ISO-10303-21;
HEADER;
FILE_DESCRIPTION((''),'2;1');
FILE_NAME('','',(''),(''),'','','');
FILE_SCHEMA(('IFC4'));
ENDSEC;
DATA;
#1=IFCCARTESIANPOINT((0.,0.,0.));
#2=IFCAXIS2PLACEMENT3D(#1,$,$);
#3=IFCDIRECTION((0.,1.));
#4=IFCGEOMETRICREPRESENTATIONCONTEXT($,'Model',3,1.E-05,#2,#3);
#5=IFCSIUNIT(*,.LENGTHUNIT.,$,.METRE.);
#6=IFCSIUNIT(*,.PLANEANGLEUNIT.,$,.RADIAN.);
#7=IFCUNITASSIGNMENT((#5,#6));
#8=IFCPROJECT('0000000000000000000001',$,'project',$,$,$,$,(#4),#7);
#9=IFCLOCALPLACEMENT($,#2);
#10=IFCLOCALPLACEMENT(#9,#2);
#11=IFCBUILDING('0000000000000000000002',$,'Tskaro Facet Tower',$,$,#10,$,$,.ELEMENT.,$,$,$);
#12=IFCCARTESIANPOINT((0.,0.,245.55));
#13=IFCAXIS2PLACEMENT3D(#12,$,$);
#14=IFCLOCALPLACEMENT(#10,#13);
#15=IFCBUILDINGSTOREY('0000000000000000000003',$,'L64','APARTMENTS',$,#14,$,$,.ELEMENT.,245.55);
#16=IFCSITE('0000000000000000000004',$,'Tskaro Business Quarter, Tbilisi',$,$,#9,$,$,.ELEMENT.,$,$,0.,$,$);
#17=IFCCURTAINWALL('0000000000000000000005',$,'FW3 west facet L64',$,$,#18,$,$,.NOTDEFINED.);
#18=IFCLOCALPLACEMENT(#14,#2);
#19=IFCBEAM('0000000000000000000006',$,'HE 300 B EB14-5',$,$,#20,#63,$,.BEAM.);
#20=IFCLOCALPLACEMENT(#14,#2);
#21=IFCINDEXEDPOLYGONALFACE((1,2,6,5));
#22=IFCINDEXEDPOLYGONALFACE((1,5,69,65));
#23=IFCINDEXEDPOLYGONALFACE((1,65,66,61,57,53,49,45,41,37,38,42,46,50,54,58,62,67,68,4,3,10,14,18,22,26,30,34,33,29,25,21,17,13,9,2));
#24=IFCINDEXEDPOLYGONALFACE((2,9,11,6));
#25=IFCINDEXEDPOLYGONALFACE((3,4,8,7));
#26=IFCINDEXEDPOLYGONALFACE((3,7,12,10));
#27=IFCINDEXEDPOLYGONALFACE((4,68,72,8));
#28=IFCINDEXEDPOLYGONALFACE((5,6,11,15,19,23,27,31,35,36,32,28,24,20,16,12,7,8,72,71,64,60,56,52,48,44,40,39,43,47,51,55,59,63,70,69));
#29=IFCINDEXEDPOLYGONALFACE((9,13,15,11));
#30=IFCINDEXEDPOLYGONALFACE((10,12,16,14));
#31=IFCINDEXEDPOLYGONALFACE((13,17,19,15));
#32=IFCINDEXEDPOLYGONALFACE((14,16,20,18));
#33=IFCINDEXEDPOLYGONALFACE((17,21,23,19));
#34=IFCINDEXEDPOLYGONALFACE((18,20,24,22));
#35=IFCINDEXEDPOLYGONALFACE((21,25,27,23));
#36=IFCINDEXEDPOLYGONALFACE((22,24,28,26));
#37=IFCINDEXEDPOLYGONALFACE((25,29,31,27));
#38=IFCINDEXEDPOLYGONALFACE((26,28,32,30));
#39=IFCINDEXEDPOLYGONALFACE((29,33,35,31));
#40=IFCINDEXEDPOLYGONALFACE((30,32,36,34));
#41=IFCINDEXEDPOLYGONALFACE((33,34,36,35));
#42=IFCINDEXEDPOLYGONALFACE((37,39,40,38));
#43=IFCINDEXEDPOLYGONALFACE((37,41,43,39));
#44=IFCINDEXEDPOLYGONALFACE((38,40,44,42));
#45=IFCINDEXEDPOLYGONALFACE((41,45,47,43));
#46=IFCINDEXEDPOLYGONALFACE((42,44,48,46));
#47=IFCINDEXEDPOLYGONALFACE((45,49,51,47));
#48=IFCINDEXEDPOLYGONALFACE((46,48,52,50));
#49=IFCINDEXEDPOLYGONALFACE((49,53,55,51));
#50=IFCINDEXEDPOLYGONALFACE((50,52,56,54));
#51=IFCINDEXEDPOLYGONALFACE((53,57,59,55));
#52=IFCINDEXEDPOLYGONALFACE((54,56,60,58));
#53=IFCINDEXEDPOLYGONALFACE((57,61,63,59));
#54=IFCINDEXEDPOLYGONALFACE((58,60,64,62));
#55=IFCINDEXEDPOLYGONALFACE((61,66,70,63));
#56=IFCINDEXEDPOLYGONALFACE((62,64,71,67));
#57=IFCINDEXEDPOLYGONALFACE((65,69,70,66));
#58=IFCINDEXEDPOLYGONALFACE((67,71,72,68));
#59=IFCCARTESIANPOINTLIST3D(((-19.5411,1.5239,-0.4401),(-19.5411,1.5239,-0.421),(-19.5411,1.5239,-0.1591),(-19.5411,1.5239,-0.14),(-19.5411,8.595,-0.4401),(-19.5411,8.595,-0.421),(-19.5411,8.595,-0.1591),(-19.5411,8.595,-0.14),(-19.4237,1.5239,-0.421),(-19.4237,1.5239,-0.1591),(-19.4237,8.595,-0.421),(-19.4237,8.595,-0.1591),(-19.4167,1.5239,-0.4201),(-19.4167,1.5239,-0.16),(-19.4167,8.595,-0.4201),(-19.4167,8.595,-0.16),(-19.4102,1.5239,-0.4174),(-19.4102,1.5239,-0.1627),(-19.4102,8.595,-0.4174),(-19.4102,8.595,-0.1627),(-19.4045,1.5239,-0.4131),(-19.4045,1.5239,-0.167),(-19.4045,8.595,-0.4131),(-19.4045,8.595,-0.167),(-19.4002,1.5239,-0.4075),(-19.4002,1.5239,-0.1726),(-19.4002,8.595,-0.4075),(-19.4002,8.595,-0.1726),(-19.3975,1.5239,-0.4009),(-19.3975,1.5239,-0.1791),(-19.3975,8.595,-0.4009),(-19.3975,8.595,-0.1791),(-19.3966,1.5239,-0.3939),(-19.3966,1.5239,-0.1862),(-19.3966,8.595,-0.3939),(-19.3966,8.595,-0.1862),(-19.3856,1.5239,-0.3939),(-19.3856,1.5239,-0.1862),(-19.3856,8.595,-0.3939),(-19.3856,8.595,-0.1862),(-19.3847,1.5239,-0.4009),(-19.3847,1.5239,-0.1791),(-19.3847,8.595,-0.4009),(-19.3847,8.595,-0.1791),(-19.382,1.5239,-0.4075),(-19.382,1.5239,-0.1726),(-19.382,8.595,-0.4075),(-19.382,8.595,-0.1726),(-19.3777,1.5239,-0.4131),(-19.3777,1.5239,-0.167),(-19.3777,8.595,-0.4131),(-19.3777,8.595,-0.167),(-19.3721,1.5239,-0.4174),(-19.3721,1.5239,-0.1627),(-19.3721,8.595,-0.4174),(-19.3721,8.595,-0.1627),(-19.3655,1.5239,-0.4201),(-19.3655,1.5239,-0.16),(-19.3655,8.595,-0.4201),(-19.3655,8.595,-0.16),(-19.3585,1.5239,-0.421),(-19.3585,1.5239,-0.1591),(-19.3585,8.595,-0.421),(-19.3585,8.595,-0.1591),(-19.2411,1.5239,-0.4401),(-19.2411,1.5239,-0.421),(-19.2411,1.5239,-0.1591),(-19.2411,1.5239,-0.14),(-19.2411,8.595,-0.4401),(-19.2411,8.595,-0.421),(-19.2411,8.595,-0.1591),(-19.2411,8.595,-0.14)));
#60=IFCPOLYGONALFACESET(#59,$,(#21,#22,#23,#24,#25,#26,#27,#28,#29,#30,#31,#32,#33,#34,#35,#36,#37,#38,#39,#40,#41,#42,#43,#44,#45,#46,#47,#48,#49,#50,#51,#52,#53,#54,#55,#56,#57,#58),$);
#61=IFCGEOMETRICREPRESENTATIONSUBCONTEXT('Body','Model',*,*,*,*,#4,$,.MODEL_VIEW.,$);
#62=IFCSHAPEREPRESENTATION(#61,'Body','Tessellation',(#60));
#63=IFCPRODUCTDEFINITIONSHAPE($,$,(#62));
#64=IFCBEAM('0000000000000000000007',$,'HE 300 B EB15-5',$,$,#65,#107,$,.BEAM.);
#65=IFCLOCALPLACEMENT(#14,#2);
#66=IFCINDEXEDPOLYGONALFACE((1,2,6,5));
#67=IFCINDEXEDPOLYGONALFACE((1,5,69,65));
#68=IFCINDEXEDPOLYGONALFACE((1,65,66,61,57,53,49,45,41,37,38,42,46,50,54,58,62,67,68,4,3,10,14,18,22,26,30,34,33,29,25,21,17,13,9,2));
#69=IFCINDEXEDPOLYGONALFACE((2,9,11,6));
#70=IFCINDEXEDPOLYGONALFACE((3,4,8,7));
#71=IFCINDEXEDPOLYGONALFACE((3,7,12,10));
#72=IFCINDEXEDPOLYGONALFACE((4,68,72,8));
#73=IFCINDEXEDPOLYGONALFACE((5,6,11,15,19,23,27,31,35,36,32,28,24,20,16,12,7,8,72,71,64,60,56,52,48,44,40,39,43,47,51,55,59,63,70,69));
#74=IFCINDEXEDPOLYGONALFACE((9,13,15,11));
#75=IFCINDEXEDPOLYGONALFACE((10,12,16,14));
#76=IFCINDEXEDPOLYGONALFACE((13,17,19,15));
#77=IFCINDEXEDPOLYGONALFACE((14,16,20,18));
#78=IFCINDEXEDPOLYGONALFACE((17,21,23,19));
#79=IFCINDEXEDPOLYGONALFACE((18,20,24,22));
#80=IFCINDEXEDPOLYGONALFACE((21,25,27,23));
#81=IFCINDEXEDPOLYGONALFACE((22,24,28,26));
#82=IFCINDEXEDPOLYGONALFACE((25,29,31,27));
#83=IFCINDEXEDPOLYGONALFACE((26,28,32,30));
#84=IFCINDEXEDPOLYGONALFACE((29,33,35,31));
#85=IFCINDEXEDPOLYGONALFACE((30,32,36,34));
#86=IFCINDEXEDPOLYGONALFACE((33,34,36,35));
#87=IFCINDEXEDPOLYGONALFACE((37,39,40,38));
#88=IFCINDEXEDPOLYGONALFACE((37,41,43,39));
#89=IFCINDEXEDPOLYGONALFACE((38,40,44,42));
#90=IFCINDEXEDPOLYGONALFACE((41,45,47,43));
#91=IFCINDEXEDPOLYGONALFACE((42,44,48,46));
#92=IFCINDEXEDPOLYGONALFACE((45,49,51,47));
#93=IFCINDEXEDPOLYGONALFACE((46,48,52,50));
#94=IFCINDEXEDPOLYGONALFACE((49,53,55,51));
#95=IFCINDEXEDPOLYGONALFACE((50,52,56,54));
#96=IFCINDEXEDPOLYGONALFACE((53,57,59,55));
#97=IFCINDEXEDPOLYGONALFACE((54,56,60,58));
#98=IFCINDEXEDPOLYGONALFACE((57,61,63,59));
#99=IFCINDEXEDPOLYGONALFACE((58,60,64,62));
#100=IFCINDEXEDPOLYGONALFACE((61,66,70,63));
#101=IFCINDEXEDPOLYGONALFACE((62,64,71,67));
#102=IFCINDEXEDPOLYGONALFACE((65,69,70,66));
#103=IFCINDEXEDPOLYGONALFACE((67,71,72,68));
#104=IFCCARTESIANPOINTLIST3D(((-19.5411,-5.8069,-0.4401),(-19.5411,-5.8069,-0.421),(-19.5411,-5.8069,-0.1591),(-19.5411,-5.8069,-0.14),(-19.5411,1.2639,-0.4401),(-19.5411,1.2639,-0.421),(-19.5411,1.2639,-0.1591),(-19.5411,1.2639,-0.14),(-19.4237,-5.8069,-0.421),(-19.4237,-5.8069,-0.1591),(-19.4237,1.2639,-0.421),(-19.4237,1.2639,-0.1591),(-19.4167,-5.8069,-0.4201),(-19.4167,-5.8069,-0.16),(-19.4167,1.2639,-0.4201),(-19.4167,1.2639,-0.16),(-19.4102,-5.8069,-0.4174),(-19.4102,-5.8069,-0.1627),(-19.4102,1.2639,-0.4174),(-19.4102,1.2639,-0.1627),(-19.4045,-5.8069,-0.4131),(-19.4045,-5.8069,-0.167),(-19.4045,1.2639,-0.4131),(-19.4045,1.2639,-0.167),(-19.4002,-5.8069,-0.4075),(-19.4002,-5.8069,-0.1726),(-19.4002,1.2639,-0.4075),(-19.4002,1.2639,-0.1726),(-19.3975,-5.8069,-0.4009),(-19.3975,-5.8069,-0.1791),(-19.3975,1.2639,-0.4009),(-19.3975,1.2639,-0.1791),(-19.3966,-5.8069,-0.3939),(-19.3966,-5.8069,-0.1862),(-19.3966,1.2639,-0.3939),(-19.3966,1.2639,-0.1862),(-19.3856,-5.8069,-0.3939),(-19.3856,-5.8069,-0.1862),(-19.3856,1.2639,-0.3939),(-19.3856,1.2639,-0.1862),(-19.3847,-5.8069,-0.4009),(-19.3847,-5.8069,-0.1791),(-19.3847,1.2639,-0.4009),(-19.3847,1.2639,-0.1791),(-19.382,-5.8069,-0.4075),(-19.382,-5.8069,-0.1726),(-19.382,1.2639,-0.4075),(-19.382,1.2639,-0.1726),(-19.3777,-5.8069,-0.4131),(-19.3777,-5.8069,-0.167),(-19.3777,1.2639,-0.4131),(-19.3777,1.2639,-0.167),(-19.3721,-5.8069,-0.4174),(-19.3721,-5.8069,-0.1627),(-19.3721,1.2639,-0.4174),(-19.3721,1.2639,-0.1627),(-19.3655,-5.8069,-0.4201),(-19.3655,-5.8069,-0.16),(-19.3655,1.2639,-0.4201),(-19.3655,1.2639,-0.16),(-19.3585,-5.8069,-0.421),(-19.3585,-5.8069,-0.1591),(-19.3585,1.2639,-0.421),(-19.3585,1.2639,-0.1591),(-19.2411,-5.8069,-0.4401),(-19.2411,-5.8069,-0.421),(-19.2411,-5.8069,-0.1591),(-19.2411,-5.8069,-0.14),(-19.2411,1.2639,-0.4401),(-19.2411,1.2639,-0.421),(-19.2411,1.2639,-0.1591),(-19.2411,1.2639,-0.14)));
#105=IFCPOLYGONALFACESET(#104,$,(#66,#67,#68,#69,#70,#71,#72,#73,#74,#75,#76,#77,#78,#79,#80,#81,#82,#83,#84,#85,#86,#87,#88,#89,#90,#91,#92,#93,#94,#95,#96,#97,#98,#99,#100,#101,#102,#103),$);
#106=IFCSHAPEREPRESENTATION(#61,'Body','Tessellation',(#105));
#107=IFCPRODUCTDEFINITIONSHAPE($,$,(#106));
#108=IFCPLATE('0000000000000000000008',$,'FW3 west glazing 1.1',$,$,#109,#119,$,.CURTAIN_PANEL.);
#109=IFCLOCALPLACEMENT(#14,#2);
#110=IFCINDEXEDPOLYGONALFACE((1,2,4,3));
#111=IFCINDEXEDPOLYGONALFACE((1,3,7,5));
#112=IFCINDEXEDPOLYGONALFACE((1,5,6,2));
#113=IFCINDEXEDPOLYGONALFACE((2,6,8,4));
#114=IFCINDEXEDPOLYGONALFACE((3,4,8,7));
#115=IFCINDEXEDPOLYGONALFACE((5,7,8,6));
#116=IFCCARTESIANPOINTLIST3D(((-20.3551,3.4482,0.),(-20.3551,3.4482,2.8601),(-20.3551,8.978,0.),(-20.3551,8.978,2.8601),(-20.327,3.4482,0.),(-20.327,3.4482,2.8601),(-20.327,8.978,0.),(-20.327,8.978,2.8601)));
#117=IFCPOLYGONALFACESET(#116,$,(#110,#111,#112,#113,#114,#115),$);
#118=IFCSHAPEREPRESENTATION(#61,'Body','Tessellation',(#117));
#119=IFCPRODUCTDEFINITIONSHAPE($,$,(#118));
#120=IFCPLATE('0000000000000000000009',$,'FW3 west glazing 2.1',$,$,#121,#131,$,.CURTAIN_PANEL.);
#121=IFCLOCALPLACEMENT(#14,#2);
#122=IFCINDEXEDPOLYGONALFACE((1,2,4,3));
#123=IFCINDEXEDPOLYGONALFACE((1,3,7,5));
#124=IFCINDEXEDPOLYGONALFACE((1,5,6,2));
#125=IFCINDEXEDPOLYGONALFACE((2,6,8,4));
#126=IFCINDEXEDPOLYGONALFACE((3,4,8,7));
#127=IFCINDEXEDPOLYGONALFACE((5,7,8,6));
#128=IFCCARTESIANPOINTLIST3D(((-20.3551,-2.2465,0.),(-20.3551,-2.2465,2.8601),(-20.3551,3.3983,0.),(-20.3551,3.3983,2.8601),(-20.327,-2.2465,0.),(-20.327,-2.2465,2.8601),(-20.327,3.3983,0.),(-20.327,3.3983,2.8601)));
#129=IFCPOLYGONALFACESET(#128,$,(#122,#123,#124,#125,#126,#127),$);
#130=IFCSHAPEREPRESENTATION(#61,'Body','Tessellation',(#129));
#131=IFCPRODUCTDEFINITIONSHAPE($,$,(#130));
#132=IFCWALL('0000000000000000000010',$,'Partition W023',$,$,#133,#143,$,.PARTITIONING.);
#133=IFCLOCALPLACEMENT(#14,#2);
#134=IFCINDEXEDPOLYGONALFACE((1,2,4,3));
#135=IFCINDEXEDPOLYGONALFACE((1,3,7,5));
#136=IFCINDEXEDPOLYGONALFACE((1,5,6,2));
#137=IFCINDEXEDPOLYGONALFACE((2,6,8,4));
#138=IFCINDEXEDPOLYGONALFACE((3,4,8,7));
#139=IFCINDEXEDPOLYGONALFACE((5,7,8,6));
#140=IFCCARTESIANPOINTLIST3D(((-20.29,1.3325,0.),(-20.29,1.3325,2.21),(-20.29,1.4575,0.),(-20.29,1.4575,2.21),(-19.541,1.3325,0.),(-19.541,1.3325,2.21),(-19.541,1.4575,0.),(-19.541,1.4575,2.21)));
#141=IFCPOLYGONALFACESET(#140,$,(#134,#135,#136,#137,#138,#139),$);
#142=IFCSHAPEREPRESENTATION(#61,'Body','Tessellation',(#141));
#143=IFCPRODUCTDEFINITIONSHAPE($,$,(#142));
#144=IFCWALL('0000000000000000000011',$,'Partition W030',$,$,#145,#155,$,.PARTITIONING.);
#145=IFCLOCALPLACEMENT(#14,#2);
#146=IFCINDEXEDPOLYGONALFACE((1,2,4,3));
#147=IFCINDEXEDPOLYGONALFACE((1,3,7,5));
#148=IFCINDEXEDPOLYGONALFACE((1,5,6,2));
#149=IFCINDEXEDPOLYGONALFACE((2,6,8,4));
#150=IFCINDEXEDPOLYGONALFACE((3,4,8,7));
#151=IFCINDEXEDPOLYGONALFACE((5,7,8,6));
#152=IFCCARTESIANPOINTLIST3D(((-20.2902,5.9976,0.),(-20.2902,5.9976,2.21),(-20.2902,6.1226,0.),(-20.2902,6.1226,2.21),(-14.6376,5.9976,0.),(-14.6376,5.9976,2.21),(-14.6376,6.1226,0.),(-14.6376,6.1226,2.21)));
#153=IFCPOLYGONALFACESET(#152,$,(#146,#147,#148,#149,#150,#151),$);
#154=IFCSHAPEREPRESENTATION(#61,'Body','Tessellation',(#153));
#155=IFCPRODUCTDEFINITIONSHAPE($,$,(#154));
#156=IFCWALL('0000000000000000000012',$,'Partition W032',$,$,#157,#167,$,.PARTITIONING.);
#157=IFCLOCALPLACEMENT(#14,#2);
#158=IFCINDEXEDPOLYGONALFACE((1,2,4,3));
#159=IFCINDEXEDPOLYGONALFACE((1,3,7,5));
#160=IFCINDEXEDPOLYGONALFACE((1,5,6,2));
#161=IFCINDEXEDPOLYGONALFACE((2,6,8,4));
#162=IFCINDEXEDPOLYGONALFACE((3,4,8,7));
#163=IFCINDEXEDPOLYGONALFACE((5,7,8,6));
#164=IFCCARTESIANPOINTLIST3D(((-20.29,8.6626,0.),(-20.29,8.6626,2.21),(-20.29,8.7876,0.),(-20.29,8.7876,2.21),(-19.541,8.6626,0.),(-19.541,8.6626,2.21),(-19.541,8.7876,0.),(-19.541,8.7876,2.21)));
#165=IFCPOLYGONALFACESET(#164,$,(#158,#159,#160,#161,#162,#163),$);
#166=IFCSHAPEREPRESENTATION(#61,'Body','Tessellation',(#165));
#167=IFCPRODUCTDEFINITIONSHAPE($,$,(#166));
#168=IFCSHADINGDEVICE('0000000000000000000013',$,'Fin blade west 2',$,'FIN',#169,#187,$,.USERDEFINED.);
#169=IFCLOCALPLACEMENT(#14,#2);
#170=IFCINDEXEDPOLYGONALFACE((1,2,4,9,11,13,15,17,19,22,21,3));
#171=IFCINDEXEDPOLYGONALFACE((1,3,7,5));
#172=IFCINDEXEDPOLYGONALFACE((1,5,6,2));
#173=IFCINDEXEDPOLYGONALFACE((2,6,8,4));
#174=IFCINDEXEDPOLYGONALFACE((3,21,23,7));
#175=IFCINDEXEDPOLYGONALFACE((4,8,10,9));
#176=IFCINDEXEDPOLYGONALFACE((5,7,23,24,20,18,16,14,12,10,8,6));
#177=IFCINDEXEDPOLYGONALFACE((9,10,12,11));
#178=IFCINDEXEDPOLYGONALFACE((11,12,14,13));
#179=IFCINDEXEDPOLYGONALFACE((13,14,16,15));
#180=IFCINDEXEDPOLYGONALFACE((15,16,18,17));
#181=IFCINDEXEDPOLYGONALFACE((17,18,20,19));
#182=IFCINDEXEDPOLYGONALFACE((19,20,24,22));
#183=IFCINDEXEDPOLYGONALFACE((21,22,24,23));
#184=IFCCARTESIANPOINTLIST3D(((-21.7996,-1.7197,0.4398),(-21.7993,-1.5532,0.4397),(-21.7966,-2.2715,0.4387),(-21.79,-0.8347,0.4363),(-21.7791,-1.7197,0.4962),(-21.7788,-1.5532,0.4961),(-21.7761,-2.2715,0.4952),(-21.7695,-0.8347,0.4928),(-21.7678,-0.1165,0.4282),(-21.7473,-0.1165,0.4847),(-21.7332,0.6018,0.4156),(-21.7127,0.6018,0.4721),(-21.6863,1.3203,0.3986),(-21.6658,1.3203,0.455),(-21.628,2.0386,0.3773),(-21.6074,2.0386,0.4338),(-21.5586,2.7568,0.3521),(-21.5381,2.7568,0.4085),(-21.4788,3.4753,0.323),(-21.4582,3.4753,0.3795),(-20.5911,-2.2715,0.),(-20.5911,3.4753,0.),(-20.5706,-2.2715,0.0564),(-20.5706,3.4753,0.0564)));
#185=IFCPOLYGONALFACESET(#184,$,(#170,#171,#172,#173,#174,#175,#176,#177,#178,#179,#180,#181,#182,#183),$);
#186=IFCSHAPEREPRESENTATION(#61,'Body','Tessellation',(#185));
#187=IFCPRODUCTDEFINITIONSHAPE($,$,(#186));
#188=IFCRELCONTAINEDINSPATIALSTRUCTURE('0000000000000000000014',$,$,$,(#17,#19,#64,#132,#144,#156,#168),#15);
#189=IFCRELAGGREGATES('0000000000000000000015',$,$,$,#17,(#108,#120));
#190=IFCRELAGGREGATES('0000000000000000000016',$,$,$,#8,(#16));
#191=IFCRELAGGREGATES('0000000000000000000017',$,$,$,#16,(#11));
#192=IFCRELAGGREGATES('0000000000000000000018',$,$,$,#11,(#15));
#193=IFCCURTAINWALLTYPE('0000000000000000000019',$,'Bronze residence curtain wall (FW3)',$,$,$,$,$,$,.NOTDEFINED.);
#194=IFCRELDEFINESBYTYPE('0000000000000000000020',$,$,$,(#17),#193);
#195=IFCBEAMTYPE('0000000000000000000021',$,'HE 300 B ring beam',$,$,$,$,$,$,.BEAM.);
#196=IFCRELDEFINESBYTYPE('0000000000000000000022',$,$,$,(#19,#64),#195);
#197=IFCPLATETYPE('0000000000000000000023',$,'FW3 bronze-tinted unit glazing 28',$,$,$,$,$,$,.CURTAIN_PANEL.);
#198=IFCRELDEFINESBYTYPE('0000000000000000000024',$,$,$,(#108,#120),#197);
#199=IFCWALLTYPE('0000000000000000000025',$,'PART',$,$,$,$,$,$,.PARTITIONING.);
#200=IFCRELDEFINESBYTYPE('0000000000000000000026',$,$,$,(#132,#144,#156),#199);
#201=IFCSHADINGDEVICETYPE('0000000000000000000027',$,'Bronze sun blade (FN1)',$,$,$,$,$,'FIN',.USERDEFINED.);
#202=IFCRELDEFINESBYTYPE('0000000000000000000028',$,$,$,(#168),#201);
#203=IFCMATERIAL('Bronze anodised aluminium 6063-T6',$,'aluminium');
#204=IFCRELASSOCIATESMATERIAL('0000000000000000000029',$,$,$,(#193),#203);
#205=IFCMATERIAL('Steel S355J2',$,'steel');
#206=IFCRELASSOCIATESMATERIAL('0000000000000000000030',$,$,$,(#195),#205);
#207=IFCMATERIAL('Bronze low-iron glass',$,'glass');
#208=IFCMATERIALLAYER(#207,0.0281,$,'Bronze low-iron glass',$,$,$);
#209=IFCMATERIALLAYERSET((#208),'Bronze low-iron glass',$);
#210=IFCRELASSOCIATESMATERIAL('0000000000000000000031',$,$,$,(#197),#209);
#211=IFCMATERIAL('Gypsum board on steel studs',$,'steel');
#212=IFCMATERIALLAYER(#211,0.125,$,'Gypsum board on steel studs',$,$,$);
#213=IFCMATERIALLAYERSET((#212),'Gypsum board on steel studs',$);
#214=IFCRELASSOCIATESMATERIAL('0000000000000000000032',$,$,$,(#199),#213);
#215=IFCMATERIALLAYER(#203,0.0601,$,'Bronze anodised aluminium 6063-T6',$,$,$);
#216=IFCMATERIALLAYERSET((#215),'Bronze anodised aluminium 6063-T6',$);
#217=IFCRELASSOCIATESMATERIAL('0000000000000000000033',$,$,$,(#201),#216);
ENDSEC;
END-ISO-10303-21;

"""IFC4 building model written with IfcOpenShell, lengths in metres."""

from ifc_helpers import new_model, si_unit, direction, frame, frame_2d, origin, origin_2d, place, context, subcontext, project, spatial, polyline, rectangle, i_section, outline, extrude, material, layer, layer_set, material_profile, profile_set, type_object, element, aggregate, save


model = new_model("IFC4")

# Units and contexts
model_context = context("Model", 3, precision=1e-05, world=origin(), true_north=direction((0.0, 1.0)))
body_context = subcontext(model_context, "Body", "Model", "MODEL_VIEW")
ifc_project = project(units=[si_unit("LENGTHUNIT", "METRE"), si_unit("PLANEANGLEUNIT", "RADIAN")], contexts=[model_context])

# Site, building, storey
site_placement = place(None, origin())
site = spatial("IfcSite", under=ifc_project, at=site_placement, Name="Tskaro Business Quarter, Tbilisi", CompositionType="ELEMENT", RefElevation=0.0)
building_placement = place(site_placement, origin())
building = spatial("IfcBuilding", under=site, at=building_placement, Name="Tskaro Facet Tower", CompositionType="ELEMENT")
storey_placement = place(building_placement, frame((0.0, 0.0, 245.55)))
storey = spatial("IfcBuildingStorey", under=building, at=storey_placement, Name="L64", Description="APARTMENTS", CompositionType="ELEMENT", Elevation=245.55)

# Shared definitions
ifc_material_1 = material(Name="Steel S355J2", Category="steel")

# Curtain wall
ifc_material_2 = material(Name="Bronze anodised aluminium 6063-T6", Category="aluminium")
curtain_wall_type = type_object("IfcCurtainWallType", Name="Bronze residence curtain wall (FW3)", PredefinedType="NOTDEFINED", material=ifc_material_2)
curtain_wall_placement = place(storey_placement, origin())
curtain_wall = element("IfcCurtainWall", 1, at=curtain_wall_placement, inside=storey, type_object=curtain_wall_type, Name="FW3 west facet L64", PredefinedType="NOTDEFINED")

# Beams
ifc_material_profile_1 = material_profile(ifc_material_1, i_section(OverallWidth=0.3, OverallDepth=0.3, WebThickness=0.011, FlangeThickness=0.019, FilletRadius=0.0271, at=origin_2d()), Name="HE 300 B")
ifc_profile_set_1 = profile_set([ifc_material_profile_1], Name="Steel S355J2")
beam_type = type_object("IfcBeamType", Name="HE 300 B ring beam", PredefinedType="BEAM", material=ifc_profile_set_1)
beam_1_placement = place(storey_placement, frame((-19.3911, 8.595, -0.29), z_axis=(0.0, -1.0, 0.0), x_axis=(1.0, 0.0, 0.0)))
element("IfcBeam", 2, at=beam_1_placement, inside=storey, type_object=beam_type, Name="HE 300 B EB14-5", PredefinedType="BEAM", context=body_context, shape_type="SweptSolid", body=[
    extrude(i_section(OverallWidth=0.3, OverallDepth=0.3, WebThickness=0.011, FlangeThickness=0.019, FilletRadius=0.0271, at=origin_2d()), origin(), (0.0, 0.0, 1.0), 7.071),
])
beam_2_placement = place(storey_placement, frame((-19.3911, 1.2639, -0.29), z_axis=(0.0, -1.0, 0.0), x_axis=(1.0, 0.0, 0.0)))
element("IfcBeam", 3, at=beam_2_placement, inside=storey, type_object=beam_type, Name="HE 300 B EB15-5", PredefinedType="BEAM", context=body_context, shape_type="SweptSolid", body=[
    extrude(i_section(OverallWidth=0.3, OverallDepth=0.3, WebThickness=0.011, FlangeThickness=0.019, FilletRadius=0.0271, at=origin_2d()), origin(), (0.0, 0.0, 1.0), 7.0708),
])

# Plates
ifc_material_3 = material(Name="Bronze low-iron glass", Category="glass")
ifc_layer_1 = layer(ifc_material_3, 0.0281, Name="Bronze low-iron glass")
ifc_layer_set_1 = layer_set([ifc_layer_1], Name="Bronze low-iron glass")
plate_type = type_object("IfcPlateType", Name="FW3 bronze-tinted unit glazing 28", PredefinedType="CURTAIN_PANEL", material=ifc_layer_set_1)
plate_1_placement = place(storey_placement, frame((-20.3411, 6.2131, 0.0), z_axis=(0.0, 0.0, 1.0), x_axis=(0.0, -1.0, 0.0)))
plate_1 = element("IfcPlate", 4, at=plate_1_placement, type_object=plate_type, Name="FW3 west glazing 1.1", PredefinedType="CURTAIN_PANEL", context=body_context, shape_type="SweptSolid", body=[
    extrude(rectangle(XDim=5.5298, YDim=0.0281, at=origin_2d()), origin(), (0.0, 0.0, 1.0), 2.8601),
])
plate_2_placement = place(storey_placement, frame((-20.3411, 0.5759, 0.0), z_axis=(0.0, 0.0, 1.0), x_axis=(0.0, -1.0, 0.0)))
plate_2 = element("IfcPlate", 5, at=plate_2_placement, type_object=plate_type, Name="FW3 west glazing 2.1", PredefinedType="CURTAIN_PANEL", context=body_context, shape_type="SweptSolid", body=[
    extrude(rectangle(XDim=5.6448, YDim=0.0281, at=origin_2d()), origin(), (0.0, 0.0, 1.0), 2.8601),
])
aggregate(curtain_wall, [plate_1, plate_2])

# Walls
ifc_material_4 = material(Name="Gypsum board on steel studs", Category="steel")
ifc_layer_2 = layer(ifc_material_4, 0.125, Name="Gypsum board on steel studs")
ifc_layer_set_2 = layer_set([ifc_layer_2], Name="Gypsum board on steel studs")
wall_type = type_object("IfcWallType", Name="PART", PredefinedType="PARTITIONING", material=ifc_layer_set_2)
wall_1_placement = place(storey_placement, frame((-20.29, 1.395, 0.0), z_axis=(0.0, 0.0, 1.0), x_axis=(1.0, 0.0, 0.0)))
element("IfcWall", 6, at=wall_1_placement, inside=storey, type_object=wall_type, Name="Partition W023", PredefinedType="PARTITIONING", context=body_context, shape_type="SweptSolid", body=[
    extrude(rectangle(XDim=0.749, YDim=0.125, at=frame_2d((0.3745, 0.0))), origin(), (0.0, 0.0, 1.0), 2.21),
])
wall_2_placement = place(storey_placement, frame((-20.29, 6.0601, 0.0), z_axis=(0.0, 0.0, 1.0), x_axis=(1.0, 0.0, 0.0)))
element("IfcWall", 7, at=wall_2_placement, inside=storey, type_object=wall_type, Name="Partition W030", PredefinedType="PARTITIONING", context=body_context, shape_type="SweptSolid", body=[
    extrude(rectangle(XDim=5.6526, YDim=0.125, at=frame_2d((2.8262, 0.0))), origin(), (0.0, 0.0, 1.0), 2.21),
])
wall_3_placement = place(storey_placement, frame((-20.29, 8.7251, 0.0), z_axis=(0.0, 0.0, 1.0), x_axis=(1.0, 0.0, 0.0)))
element("IfcWall", 8, at=wall_3_placement, inside=storey, type_object=wall_type, Name="Partition W032", PredefinedType="PARTITIONING", context=body_context, shape_type="SweptSolid", body=[
    extrude(rectangle(XDim=0.749, YDim=0.125, at=frame_2d((0.3745, 0.0))), origin(), (0.0, 0.0, 1.0), 2.21),
])

# Shading device
ifc_layer_3 = layer(ifc_material_2, 0.0601, Name="Bronze anodised aluminium 6063-T6")
ifc_layer_set_3 = layer_set([ifc_layer_3], Name="Bronze anodised aluminium 6063-T6")
shading_device_type = type_object("IfcShadingDeviceType", Name="Bronze sun blade (FN1)", ElementType="FIN", PredefinedType="USERDEFINED", material=ifc_layer_set_3)
shading_device_placement = place(storey_placement, frame((-20.5706, 3.4753, 0.0564), z_axis=(0.342004, 0.000001, 0.939699), x_axis=(0.0, -1.0, 0.000001)))
element("IfcShadingDevice", 9, at=shading_device_placement, inside=storey, type_object=shading_device_type, Name="Fin blade west 2", ObjectType="FIN", PredefinedType="USERDEFINED", context=body_context, shape_type="SweptSolid", body=[
    extrude(outline(polyline([(0.0, 0.0), (5.7468, 0.0), (5.7468, -1.2829), (5.1951, -1.2861), (5.0286, -1.2858), (4.3101, -1.2759), (3.5918, -1.2523), (2.8735, -1.2154), (2.155, -1.1655), (1.4368, -1.1034), (0.7185, -1.0296), (0.0, -0.9446), (0.0, 0.0)])), origin(), (0.0, 0.0, -1.0), 0.0601),
])

save(model, "model.ifc")
